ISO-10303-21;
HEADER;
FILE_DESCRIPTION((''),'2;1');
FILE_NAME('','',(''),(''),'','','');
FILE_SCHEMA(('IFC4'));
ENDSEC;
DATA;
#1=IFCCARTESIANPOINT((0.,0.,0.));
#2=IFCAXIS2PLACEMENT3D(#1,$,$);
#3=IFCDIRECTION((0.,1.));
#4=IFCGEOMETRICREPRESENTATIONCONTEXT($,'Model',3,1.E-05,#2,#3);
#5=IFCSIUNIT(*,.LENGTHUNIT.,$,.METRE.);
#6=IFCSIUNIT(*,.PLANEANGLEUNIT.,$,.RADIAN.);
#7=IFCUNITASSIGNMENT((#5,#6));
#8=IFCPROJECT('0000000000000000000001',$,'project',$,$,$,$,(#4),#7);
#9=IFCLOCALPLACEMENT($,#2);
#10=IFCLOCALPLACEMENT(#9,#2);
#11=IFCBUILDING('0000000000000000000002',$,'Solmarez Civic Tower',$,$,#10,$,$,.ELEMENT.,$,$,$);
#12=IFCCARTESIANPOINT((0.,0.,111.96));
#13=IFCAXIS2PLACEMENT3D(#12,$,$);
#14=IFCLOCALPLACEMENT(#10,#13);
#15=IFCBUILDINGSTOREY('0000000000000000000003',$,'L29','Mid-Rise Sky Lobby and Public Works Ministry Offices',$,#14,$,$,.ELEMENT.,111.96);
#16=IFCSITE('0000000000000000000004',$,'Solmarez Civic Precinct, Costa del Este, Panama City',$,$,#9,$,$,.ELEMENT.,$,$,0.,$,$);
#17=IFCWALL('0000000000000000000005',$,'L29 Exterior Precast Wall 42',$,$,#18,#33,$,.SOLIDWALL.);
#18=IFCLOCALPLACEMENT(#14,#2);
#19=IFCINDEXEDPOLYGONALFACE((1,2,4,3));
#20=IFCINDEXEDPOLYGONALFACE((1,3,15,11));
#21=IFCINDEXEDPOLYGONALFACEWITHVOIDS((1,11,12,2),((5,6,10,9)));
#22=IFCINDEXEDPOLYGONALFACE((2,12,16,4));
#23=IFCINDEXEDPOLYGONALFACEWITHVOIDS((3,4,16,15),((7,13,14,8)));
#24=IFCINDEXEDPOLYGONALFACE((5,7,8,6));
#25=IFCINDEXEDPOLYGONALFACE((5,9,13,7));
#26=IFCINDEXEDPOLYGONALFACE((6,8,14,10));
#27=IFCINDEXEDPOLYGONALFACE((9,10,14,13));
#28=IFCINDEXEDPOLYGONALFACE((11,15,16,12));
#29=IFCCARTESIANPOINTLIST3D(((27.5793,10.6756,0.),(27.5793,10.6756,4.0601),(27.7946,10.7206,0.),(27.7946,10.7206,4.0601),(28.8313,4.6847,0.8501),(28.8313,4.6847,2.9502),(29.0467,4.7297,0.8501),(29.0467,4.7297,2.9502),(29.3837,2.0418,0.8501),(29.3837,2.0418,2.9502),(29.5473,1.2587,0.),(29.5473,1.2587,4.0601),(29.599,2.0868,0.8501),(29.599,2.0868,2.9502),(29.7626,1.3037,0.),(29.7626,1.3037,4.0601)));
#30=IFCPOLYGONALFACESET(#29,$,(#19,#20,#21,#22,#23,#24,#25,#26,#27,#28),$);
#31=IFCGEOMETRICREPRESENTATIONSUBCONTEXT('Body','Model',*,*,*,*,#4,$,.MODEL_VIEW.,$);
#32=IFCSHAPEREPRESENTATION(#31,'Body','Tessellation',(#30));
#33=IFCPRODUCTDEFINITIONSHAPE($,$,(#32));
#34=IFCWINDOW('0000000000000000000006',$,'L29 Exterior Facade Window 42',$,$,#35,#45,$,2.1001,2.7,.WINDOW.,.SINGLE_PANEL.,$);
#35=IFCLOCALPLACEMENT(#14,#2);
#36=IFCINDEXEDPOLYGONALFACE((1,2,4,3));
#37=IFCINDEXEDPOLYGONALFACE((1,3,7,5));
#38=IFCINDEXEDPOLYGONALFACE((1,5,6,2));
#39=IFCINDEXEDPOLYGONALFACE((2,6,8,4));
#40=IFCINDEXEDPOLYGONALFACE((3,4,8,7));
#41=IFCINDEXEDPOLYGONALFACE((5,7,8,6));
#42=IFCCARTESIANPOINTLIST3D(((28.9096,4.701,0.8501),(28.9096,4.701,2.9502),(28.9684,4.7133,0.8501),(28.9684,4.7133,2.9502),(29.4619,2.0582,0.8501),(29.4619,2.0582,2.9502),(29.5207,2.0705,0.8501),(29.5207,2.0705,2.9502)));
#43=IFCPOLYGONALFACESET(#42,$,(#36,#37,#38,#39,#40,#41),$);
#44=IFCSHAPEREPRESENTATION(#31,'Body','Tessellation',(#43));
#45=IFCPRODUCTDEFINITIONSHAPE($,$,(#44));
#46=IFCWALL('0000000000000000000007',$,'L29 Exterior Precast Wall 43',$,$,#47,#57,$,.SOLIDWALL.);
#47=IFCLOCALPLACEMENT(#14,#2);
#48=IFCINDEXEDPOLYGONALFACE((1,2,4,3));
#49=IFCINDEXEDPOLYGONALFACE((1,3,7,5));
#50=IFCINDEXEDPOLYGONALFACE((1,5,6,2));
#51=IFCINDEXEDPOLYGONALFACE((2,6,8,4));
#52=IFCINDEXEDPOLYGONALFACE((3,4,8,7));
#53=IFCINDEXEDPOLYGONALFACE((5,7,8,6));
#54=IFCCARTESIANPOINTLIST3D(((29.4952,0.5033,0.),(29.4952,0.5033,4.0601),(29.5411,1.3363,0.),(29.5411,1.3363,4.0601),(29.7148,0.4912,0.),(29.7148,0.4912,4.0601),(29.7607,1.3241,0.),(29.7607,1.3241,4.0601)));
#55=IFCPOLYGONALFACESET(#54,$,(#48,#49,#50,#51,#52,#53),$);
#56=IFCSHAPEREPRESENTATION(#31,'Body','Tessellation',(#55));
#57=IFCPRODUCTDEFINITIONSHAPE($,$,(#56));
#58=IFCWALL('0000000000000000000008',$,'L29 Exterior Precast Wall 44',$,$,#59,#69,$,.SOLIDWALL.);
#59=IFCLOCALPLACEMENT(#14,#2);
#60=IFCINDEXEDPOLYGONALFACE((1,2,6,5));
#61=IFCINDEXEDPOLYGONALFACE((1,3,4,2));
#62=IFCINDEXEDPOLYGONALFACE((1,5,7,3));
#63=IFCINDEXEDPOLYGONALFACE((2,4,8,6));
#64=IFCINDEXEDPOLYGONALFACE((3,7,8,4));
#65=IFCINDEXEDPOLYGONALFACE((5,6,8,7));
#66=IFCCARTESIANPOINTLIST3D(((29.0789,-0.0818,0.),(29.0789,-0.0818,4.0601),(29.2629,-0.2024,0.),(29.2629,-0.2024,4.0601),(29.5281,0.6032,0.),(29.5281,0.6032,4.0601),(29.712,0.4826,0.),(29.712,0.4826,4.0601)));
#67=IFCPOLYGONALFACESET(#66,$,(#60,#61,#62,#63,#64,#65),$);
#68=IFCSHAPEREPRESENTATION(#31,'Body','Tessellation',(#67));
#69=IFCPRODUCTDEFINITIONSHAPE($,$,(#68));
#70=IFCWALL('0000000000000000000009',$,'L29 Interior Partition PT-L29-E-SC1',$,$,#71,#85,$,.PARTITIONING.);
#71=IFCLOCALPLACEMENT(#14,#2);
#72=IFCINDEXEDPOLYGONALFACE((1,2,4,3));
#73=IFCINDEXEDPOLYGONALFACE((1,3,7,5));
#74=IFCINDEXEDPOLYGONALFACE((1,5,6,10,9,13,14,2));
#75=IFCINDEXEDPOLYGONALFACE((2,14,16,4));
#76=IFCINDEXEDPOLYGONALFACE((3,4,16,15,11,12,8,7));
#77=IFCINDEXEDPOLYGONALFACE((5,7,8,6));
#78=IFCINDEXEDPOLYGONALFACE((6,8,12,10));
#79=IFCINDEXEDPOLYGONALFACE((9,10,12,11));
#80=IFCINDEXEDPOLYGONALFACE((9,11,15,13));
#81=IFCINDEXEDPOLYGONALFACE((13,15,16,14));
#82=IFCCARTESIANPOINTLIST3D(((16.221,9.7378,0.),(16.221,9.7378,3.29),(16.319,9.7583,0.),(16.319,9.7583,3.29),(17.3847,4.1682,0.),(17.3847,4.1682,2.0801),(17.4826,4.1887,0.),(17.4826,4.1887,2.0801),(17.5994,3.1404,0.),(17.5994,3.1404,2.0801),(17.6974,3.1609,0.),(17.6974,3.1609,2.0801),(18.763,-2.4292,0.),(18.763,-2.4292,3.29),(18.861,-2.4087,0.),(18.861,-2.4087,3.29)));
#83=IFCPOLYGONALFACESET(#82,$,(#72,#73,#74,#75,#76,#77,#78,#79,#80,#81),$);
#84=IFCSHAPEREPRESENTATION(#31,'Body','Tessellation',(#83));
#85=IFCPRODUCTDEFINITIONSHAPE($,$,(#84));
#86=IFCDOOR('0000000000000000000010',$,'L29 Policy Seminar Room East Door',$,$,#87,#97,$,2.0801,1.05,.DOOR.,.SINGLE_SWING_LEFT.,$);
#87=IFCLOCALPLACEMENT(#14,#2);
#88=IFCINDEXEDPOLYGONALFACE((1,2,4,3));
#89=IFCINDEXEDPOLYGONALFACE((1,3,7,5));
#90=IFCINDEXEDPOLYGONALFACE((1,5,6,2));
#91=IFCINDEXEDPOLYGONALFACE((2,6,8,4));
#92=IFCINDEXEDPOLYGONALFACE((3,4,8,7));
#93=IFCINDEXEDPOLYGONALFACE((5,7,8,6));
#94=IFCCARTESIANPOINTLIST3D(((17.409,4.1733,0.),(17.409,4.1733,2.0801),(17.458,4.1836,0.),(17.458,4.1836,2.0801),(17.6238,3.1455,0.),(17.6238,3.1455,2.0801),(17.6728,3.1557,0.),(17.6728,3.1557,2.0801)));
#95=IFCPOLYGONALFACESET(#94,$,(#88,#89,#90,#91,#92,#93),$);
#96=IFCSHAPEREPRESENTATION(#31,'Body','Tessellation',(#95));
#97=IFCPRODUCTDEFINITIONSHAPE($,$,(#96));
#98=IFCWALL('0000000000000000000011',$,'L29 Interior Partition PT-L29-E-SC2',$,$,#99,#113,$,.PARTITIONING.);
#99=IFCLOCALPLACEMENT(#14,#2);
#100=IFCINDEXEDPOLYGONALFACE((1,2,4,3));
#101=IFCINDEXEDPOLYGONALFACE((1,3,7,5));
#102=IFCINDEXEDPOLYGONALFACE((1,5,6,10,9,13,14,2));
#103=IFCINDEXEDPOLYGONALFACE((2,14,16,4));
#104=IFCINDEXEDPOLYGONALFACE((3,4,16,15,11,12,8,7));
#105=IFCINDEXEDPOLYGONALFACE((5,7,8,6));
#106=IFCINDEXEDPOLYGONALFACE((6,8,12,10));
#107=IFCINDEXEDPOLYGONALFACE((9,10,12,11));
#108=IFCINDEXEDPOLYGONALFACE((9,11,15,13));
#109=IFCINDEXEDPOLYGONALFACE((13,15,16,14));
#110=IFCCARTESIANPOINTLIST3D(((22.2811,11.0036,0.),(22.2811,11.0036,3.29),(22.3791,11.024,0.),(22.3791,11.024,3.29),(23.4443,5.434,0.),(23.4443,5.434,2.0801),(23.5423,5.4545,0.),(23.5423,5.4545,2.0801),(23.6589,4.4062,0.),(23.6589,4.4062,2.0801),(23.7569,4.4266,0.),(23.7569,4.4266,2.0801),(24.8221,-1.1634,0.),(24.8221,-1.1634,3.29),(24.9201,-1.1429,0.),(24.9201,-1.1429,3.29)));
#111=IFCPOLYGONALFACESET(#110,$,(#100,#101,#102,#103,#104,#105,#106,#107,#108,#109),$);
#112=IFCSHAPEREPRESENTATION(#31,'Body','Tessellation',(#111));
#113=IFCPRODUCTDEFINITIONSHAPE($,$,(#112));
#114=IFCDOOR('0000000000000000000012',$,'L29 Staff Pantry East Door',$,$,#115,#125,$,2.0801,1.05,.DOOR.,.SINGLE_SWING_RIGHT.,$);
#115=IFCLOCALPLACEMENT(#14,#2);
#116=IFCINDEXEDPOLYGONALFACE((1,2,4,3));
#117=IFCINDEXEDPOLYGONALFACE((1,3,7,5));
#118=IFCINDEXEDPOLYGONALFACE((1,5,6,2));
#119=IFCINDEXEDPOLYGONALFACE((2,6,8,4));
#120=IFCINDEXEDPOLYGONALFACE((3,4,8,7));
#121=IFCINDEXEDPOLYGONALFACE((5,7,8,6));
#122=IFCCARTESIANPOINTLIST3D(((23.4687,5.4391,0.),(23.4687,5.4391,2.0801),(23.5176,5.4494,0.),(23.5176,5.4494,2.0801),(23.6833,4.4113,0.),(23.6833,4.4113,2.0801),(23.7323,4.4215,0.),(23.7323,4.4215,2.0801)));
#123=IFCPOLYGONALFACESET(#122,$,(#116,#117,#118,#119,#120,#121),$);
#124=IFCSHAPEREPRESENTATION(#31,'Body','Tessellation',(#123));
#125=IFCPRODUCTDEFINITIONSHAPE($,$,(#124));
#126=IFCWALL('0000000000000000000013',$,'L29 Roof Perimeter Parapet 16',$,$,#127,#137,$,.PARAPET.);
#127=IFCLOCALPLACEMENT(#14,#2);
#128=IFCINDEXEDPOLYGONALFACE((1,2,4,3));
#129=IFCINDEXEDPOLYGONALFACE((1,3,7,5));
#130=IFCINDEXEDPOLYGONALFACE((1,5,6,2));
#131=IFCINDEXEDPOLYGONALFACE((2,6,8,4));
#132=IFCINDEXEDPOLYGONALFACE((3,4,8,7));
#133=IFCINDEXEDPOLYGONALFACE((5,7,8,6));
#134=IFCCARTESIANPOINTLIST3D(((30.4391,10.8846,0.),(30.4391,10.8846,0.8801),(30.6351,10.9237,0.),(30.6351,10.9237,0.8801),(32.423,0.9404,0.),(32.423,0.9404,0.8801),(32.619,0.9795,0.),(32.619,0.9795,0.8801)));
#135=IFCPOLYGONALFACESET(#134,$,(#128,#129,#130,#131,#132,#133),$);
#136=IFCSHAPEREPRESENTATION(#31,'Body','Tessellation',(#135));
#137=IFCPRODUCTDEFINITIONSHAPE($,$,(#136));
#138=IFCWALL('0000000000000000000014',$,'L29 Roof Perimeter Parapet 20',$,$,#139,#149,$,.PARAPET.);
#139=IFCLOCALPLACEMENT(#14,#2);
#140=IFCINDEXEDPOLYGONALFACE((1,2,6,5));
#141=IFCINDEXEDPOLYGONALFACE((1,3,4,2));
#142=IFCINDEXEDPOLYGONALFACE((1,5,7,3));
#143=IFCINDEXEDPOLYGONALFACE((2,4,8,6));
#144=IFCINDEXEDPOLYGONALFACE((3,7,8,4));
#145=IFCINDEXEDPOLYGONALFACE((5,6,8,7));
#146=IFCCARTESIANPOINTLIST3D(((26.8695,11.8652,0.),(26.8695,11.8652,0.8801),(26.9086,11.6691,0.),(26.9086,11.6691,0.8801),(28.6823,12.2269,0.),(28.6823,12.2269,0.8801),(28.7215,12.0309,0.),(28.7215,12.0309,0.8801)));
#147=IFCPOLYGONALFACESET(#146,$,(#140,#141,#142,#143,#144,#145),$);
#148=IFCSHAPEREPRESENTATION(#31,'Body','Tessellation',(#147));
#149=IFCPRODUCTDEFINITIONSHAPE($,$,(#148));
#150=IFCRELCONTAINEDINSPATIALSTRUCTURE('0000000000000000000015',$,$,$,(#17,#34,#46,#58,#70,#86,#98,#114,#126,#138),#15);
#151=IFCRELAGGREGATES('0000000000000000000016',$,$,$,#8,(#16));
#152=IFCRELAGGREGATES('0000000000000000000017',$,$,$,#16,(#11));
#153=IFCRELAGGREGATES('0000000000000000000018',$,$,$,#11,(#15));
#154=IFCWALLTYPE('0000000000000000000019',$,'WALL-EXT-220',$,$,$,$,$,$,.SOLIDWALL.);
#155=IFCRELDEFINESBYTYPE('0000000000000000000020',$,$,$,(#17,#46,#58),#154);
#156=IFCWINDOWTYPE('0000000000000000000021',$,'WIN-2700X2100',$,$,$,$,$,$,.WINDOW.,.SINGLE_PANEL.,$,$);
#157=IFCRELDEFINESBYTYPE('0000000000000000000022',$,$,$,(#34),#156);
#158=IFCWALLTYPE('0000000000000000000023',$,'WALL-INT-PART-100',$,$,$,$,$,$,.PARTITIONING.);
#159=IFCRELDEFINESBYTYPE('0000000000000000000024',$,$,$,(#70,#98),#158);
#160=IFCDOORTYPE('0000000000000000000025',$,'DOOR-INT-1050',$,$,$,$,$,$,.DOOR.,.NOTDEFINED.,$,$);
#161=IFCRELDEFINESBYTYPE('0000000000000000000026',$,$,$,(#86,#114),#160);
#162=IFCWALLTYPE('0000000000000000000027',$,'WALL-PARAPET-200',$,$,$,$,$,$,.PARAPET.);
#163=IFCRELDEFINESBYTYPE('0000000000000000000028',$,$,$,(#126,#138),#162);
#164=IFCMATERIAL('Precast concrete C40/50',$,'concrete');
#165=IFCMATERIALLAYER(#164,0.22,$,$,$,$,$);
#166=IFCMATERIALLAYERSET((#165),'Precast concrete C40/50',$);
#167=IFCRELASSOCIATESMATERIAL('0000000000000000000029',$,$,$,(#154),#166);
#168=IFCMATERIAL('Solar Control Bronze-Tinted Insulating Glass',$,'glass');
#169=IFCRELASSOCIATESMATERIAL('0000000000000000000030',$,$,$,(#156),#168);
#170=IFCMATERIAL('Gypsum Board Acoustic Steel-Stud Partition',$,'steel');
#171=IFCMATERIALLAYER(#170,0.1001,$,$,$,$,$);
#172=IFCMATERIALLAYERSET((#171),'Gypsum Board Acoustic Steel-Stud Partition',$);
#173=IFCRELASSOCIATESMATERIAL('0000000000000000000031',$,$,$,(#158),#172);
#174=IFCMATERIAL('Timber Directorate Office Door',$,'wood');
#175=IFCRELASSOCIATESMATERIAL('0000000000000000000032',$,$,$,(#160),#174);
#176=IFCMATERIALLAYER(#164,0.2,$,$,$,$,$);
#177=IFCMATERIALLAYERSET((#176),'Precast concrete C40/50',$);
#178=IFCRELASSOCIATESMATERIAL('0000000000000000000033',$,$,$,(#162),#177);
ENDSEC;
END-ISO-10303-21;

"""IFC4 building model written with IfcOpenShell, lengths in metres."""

from ifc_helpers import new_model, si_unit, direction, frame, frame_2d, origin, place, context, subcontext, project, spatial, rectangle, extrude, material, layer, layer_set, type_object, element, fill, save


model = new_model("IFC4")

# Units and contexts
model_context = context("Model", 3, precision=1e-05, world=origin(), true_north=direction((0.0, 1.0)))
body_context = subcontext(model_context, "Body", "Model", "MODEL_VIEW")
ifc_project = project(units=[si_unit("LENGTHUNIT", "METRE"), si_unit("PLANEANGLEUNIT", "RADIAN")], contexts=[model_context])

# Site, building, storey
site_placement = place(None, origin())
site = spatial("IfcSite", under=ifc_project, at=site_placement, Name="Solmarez Civic Precinct, Costa del Este, Panama City", CompositionType="ELEMENT", RefElevation=0.0)
building_placement = place(site_placement, origin())
building = spatial("IfcBuilding", under=site, at=building_placement, Name="Solmarez Civic Tower", CompositionType="ELEMENT")
storey_placement = place(building_placement, frame((0.0, 0.0, 111.96)))
storey = spatial("IfcBuildingStorey", under=building, at=storey_placement, Name="L29", Description="Mid-Rise Sky Lobby and Public Works Ministry Offices", CompositionType="ELEMENT", Elevation=111.96)

# Shared definitions
ifc_material_1 = material(Name="Precast concrete C40/50", Category="concrete")
ifc_layer_1 = layer(ifc_material_1, 0.22)
ifc_layer_set_1 = layer_set([ifc_layer_1], Name="Precast concrete C40/50")
wall_type_1 = type_object("IfcWallType", Name="WALL-EXT-220", PredefinedType="SOLIDWALL", material=ifc_layer_set_1)
ifc_material_2 = material(Name="Solar Control Bronze-Tinted Insulating Glass", Category="glass")

# Wall, opening, window
wall_1_placement = place(storey_placement, frame((27.687, 10.698, 0.0), z_axis=(0.0, 0.0, 1.0), x_axis=(0.204566, -0.978853, 0.0)))
wall_1 = element("IfcWall", 1, at=wall_1_placement, inside=storey, type_object=wall_type_1, Name="L29 Exterior Precast Wall 42", PredefinedType="SOLIDWALL", context=body_context, shape_type="SweptSolid", body=[
    extrude(rectangle(XDim=9.6204, YDim=0.22, at=frame_2d((4.8101, 0.0))), origin(), (0.0, 0.0, 1.0), 4.0601),
])
opening_1_placement = place(wall_1_placement, frame((6.1201, 0.0, 0.8501)))
opening_1 = element("IfcOpeningElement", 2, at=opening_1_placement, cuts=wall_1, PredefinedType="OPENING", context=body_context, shape_type="SweptSolid", body=[
    extrude(rectangle(XDim=2.7, YDim=2.1001, at=frame_2d((1.3501, 1.05))), frame((0.0, 0.1199, 0.0), z_axis=(0.0, -1.0, 0.0), x_axis=(1.0, 0.0, 0.0)), (0.0, 0.0, 1.0), 0.24),
])
window_type_1 = type_object("IfcWindowType", Name="WIN-2700X2100", PartitioningType="SINGLE_PANEL", PredefinedType="WINDOW", material=ifc_material_2)
window_1_placement = place(opening_1_placement, origin())
window_1 = element("IfcWindow", 3, at=window_1_placement, inside=storey, type_object=window_type_1, Name="L29 Exterior Facade Window 42", OverallHeight=2.1001, OverallWidth=2.7, PartitioningType="SINGLE_PANEL", PredefinedType="WINDOW", context=body_context, shape_type="SweptSolid", body=[
    extrude(rectangle(XDim=2.7, YDim=2.1001, at=frame_2d((1.3501, 1.05))), frame((0.0, 0.03, 0.0), z_axis=(0.0, -1.0, 0.0), x_axis=(1.0, 0.0, 0.0)), (0.0, 0.0, 1.0), 0.0601),
])
fill(opening_1, window_1)

# Walls
wall_2_placement = place(storey_placement, frame((29.6509, 1.3301, 0.0), z_axis=(0.0, 0.0, 1.0), x_axis=(-0.055016, -0.998485, 0.0)))
element("IfcWall", 4, at=wall_2_placement, inside=storey, type_object=wall_type_1, Name="L29 Exterior Precast Wall 43", PredefinedType="SOLIDWALL", context=body_context, shape_type="SweptSolid", body=[
    extrude(rectangle(XDim=0.8342, YDim=0.22, at=frame_2d((0.417, 0.0))), origin(), (0.0, 0.0, 1.0), 4.0601),
])
wall_3_placement = place(storey_placement, frame((29.6201, 0.543, 0.0), z_axis=(0.0, 0.0, 1.0), x_axis=(-0.548357, -0.836244, 0.0)))
element("IfcWall", 5, at=wall_3_placement, inside=storey, type_object=wall_type_1, Name="L29 Exterior Precast Wall 44", PredefinedType="SOLIDWALL", context=body_context, shape_type="SweptSolid", body=[
    extrude(rectangle(XDim=0.8191, YDim=0.22, at=frame_2d((0.4097, 0.0))), origin(), (0.0, 0.0, 1.0), 4.0601),
])

# Walls, openings, doors
ifc_material_3 = material(Name="Gypsum Board Acoustic Steel-Stud Partition", Category="steel")
ifc_layer_2 = layer(ifc_material_3, 0.1001)
ifc_layer_set_2 = layer_set([ifc_layer_2], Name="Gypsum Board Acoustic Steel-Stud Partition")
wall_type_2 = type_object("IfcWallType", Name="WALL-INT-PART-100", PredefinedType="PARTITIONING", material=ifc_layer_set_2)
wall_4_placement = place(storey_placement, frame((16.27, 9.748, 0.0), z_axis=(0.0, 0.0, 1.0), x_axis=(0.20451, -0.978865, 0.0)))
wall_4 = element("IfcWall", 6, at=wall_4_placement, inside=storey, type_object=wall_type_2, Name="L29 Interior Partition PT-L29-E-SC1", PredefinedType="PARTITIONING", context=body_context, shape_type="SweptSolid", body=[
    extrude(rectangle(XDim=12.4297, YDim=0.1001, at=frame_2d((6.2148, 0.0))), origin(), (0.0, 0.0, 1.0), 3.29),
])
opening_2_placement = place(wall_4_placement, frame((5.6899, 0.0, 0.0)))
opening_2 = element("IfcOpeningElement", 7, at=opening_2_placement, cuts=wall_4, PredefinedType="OPENING", context=body_context, shape_type="SweptSolid", body=[
    extrude(rectangle(XDim=1.05, YDim=2.0801, at=frame_2d((0.5249, 1.04))), frame((0.0, 0.0601, 0.0), z_axis=(0.0, -1.0, 0.0), x_axis=(1.0, 0.0, 0.0)), (0.0, 0.0, 1.0), 0.1201),
])
ifc_material_4 = material(Name="Timber Directorate Office Door", Category="wood")
door_type = type_object("IfcDoorType", Name="DOOR-INT-1050", OperationType="NOTDEFINED", PredefinedType="DOOR", material=ifc_material_4)
door_1_placement = place(opening_2_placement, origin())
door_1 = element("IfcDoor", 8, at=door_1_placement, inside=storey, type_object=door_type, Name="L29 Policy Seminar Room East Door", OperationType="SINGLE_SWING_LEFT", OverallHeight=2.0801, OverallWidth=1.05, PredefinedType="DOOR", context=body_context, shape_type="SweptSolid", body=[
    extrude(rectangle(XDim=1.05, YDim=2.0801, at=frame_2d((0.5249, 1.04))), frame((0.0, 0.0249, 0.0), z_axis=(0.0, -1.0, 0.0), x_axis=(1.0, 0.0, 0.0)), (0.0, 0.0, 1.0), 0.05),
])
fill(opening_2, door_1)
wall_5_placement = place(storey_placement, frame((22.3301, 11.0139, 0.0), z_axis=(0.0, 0.0, 1.0), x_axis=(0.204434, -0.97888, 0.0)))
wall_5 = element("IfcWall", 9, at=wall_5_placement, inside=storey, type_object=wall_type_2, Name="L29 Interior Partition PT-L29-E-SC2", PredefinedType="PARTITIONING", context=body_context, shape_type="SweptSolid", body=[
    extrude(rectangle(XDim=12.4294, YDim=0.1001, at=frame_2d((6.2148, 0.0))), origin(), (0.0, 0.0, 1.0), 3.29),
])
opening_3_placement = place(wall_5_placement, frame((5.6899, 0.0, 0.0)))
opening_3 = element("IfcOpeningElement", 10, at=opening_3_placement, cuts=wall_5, PredefinedType="OPENING", context=body_context, shape_type="SweptSolid", body=[
    extrude(rectangle(XDim=1.05, YDim=2.0801, at=frame_2d((0.5249, 1.04))), frame((0.0, 0.0601, 0.0), z_axis=(0.0, -1.0, 0.0), x_axis=(1.0, 0.0, 0.0)), (0.0, 0.0, 1.0), 0.1201),
])
door_2_placement = place(opening_3_placement, origin())
door_2 = element("IfcDoor", 11, at=door_2_placement, inside=storey, type_object=door_type, Name="L29 Staff Pantry East Door", OperationType="SINGLE_SWING_RIGHT", OverallHeight=2.0801, OverallWidth=1.05, PredefinedType="DOOR", context=body_context, shape_type="SweptSolid", body=[
    extrude(rectangle(XDim=1.05, YDim=2.0801, at=frame_2d((0.5249, 1.04))), frame((0.0, 0.0249, 0.0), z_axis=(0.0, -1.0, 0.0), x_axis=(1.0, 0.0, 0.0)), (0.0, 0.0, 1.0), 0.05),
])
fill(opening_3, door_2)

# Walls
ifc_layer_3 = layer(ifc_material_1, 0.2)
ifc_layer_set_3 = layer_set([ifc_layer_3], Name="Precast concrete C40/50")
wall_type_3 = type_object("IfcWallType", Name="WALL-PARAPET-200", PredefinedType="PARAPET", material=ifc_layer_set_3)
wall_6_placement = place(storey_placement, frame((32.521, 0.96, 0.0), z_axis=(0.0, 0.0, 1.0), x_axis=(-0.195648, 0.980674, 0.0)))
element("IfcWall", 12, at=wall_6_placement, inside=storey, type_object=wall_type_3, Name="L29 Roof Perimeter Parapet 16", PredefinedType="PARAPET", context=body_context, shape_type="SweptSolid", body=[
    extrude(rectangle(XDim=10.1401, YDim=0.2, at=frame_2d((5.0701, 0.0))), origin(), (0.0, 0.0, 1.0), 0.8801),
])
wall_7_placement = place(storey_placement, frame((28.7019, 12.1289, 0.0), z_axis=(0.0, 0.0, 1.0), x_axis=(-0.980662, -0.19571, 0.0)))
element("IfcWall", 13, at=wall_7_placement, inside=storey, type_object=wall_type_3, Name="L29 Roof Perimeter Parapet 20", PredefinedType="PARAPET", context=body_context, shape_type="SweptSolid", body=[
    extrude(rectangle(XDim=1.8486, YDim=0.2, at=frame_2d((0.9243, 0.0))), origin(), (0.0, 0.0, 1.0), 0.8801),
])

save(model, "model.ifc")
